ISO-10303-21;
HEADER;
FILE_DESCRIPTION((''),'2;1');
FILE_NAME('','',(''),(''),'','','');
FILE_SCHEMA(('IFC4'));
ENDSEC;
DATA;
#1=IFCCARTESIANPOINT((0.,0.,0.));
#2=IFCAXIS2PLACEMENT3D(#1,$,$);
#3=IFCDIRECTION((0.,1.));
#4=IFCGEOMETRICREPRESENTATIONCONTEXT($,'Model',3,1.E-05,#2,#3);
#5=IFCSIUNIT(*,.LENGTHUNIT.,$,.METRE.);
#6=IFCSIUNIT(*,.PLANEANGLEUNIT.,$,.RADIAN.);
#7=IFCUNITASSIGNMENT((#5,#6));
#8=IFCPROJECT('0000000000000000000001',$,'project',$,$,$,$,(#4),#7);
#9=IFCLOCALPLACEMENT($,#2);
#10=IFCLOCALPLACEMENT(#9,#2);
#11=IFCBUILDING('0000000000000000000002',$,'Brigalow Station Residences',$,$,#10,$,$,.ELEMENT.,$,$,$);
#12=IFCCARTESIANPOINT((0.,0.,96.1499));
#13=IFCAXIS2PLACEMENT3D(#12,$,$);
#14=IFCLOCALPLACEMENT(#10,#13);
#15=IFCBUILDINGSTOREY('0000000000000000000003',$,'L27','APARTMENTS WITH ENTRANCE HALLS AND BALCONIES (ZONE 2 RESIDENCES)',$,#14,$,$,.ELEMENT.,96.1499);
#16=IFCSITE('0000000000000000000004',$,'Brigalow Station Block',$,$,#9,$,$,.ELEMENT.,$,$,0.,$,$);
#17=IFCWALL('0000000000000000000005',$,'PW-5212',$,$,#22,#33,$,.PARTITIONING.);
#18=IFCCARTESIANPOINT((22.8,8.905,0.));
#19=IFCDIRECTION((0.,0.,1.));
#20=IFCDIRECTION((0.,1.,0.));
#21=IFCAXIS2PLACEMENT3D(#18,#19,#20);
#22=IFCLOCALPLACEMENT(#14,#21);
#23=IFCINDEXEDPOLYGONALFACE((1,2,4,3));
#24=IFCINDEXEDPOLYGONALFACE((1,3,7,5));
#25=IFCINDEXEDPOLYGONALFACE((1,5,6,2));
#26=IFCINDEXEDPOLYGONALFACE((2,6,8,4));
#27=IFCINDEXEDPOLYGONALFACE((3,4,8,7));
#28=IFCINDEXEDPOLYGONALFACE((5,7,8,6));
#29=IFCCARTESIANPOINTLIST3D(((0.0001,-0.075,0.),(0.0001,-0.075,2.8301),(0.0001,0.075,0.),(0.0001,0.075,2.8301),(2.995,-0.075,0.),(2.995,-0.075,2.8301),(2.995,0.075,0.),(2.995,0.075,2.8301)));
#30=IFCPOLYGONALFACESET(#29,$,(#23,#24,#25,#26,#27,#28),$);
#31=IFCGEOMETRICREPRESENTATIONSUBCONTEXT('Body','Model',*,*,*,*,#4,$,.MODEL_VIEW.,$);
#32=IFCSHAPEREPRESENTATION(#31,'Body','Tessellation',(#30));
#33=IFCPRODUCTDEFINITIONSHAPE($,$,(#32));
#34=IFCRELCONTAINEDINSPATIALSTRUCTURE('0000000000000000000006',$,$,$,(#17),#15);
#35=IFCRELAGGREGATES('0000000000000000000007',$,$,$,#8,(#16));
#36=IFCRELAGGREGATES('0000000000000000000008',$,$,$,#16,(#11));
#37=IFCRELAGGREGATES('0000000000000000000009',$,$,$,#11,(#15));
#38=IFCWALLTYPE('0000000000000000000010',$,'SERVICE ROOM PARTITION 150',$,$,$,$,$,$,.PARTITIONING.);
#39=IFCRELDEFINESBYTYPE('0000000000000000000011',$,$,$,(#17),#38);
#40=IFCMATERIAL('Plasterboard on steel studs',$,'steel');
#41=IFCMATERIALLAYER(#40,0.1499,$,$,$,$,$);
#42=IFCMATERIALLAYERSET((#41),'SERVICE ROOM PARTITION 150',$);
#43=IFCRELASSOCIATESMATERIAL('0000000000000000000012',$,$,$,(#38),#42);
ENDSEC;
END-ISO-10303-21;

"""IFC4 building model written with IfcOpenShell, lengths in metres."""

from ifc_helpers import new_model, si_unit, direction, frame, frame_2d, origin, place, context, subcontext, project, spatial, rectangle, extrude, material, layer, layer_set, type_object, element, save


model = new_model("IFC4")

# Units and contexts
model_context = context("Model", 3, precision=1e-05, world=origin(), true_north=direction((0.0, 1.0)))
body_context = subcontext(model_context, "Body", "Model", "MODEL_VIEW")
ifc_project = project(units=[si_unit("LENGTHUNIT", "METRE"), si_unit("PLANEANGLEUNIT", "RADIAN")], contexts=[model_context])

# Site, building, storey
site_placement = place(None, origin())
site = spatial("IfcSite", under=ifc_project, at=site_placement, Name="Brigalow Station Block", CompositionType="ELEMENT", RefElevation=0.0)
building_placement = place(site_placement, origin())
building = spatial("IfcBuilding", under=site, at=building_placement, Name="Brigalow Station Residences", CompositionType="ELEMENT")
storey_placement = place(building_placement, frame((0.0, 0.0, 96.1499)))
storey = spatial("IfcBuildingStorey", under=building, at=storey_placement, Name="L27", Description="APARTMENTS WITH ENTRANCE HALLS AND BALCONIES (ZONE 2 RESIDENCES)", CompositionType="ELEMENT", Elevation=96.1499)

# Shared definitions
ifc_material_1 = material(Name="Plasterboard on steel studs", Category="steel")
ifc_layer_1 = layer(ifc_material_1, 0.1499)
ifc_layer_set_1 = layer_set([ifc_layer_1], Name="SERVICE ROOM PARTITION 150")
wall_type_1 = type_object("IfcWallType", Name="SERVICE ROOM PARTITION 150", PredefinedType="PARTITIONING", material=ifc_layer_set_1)

# Wall
wall_1_placement = place(storey_placement, frame((22.8, 8.905, 0.0), z_axis=(0.0, 0.0, 1.0), x_axis=(0.0, 1.0, 0.0)))
element("IfcWall", 1, at=wall_1_placement, inside=storey, type_object=wall_type_1, Name="PW-5212", PredefinedType="PARTITIONING", context=body_context, shape_type="SweptSolid", body=[
    extrude(rectangle(XDim=2.9949, YDim=0.1499, at=frame_2d((1.4976, 0.0))), origin(), (0.0, 0.0, 1.0), 2.8301),
])

save(model, "model.ifc")
